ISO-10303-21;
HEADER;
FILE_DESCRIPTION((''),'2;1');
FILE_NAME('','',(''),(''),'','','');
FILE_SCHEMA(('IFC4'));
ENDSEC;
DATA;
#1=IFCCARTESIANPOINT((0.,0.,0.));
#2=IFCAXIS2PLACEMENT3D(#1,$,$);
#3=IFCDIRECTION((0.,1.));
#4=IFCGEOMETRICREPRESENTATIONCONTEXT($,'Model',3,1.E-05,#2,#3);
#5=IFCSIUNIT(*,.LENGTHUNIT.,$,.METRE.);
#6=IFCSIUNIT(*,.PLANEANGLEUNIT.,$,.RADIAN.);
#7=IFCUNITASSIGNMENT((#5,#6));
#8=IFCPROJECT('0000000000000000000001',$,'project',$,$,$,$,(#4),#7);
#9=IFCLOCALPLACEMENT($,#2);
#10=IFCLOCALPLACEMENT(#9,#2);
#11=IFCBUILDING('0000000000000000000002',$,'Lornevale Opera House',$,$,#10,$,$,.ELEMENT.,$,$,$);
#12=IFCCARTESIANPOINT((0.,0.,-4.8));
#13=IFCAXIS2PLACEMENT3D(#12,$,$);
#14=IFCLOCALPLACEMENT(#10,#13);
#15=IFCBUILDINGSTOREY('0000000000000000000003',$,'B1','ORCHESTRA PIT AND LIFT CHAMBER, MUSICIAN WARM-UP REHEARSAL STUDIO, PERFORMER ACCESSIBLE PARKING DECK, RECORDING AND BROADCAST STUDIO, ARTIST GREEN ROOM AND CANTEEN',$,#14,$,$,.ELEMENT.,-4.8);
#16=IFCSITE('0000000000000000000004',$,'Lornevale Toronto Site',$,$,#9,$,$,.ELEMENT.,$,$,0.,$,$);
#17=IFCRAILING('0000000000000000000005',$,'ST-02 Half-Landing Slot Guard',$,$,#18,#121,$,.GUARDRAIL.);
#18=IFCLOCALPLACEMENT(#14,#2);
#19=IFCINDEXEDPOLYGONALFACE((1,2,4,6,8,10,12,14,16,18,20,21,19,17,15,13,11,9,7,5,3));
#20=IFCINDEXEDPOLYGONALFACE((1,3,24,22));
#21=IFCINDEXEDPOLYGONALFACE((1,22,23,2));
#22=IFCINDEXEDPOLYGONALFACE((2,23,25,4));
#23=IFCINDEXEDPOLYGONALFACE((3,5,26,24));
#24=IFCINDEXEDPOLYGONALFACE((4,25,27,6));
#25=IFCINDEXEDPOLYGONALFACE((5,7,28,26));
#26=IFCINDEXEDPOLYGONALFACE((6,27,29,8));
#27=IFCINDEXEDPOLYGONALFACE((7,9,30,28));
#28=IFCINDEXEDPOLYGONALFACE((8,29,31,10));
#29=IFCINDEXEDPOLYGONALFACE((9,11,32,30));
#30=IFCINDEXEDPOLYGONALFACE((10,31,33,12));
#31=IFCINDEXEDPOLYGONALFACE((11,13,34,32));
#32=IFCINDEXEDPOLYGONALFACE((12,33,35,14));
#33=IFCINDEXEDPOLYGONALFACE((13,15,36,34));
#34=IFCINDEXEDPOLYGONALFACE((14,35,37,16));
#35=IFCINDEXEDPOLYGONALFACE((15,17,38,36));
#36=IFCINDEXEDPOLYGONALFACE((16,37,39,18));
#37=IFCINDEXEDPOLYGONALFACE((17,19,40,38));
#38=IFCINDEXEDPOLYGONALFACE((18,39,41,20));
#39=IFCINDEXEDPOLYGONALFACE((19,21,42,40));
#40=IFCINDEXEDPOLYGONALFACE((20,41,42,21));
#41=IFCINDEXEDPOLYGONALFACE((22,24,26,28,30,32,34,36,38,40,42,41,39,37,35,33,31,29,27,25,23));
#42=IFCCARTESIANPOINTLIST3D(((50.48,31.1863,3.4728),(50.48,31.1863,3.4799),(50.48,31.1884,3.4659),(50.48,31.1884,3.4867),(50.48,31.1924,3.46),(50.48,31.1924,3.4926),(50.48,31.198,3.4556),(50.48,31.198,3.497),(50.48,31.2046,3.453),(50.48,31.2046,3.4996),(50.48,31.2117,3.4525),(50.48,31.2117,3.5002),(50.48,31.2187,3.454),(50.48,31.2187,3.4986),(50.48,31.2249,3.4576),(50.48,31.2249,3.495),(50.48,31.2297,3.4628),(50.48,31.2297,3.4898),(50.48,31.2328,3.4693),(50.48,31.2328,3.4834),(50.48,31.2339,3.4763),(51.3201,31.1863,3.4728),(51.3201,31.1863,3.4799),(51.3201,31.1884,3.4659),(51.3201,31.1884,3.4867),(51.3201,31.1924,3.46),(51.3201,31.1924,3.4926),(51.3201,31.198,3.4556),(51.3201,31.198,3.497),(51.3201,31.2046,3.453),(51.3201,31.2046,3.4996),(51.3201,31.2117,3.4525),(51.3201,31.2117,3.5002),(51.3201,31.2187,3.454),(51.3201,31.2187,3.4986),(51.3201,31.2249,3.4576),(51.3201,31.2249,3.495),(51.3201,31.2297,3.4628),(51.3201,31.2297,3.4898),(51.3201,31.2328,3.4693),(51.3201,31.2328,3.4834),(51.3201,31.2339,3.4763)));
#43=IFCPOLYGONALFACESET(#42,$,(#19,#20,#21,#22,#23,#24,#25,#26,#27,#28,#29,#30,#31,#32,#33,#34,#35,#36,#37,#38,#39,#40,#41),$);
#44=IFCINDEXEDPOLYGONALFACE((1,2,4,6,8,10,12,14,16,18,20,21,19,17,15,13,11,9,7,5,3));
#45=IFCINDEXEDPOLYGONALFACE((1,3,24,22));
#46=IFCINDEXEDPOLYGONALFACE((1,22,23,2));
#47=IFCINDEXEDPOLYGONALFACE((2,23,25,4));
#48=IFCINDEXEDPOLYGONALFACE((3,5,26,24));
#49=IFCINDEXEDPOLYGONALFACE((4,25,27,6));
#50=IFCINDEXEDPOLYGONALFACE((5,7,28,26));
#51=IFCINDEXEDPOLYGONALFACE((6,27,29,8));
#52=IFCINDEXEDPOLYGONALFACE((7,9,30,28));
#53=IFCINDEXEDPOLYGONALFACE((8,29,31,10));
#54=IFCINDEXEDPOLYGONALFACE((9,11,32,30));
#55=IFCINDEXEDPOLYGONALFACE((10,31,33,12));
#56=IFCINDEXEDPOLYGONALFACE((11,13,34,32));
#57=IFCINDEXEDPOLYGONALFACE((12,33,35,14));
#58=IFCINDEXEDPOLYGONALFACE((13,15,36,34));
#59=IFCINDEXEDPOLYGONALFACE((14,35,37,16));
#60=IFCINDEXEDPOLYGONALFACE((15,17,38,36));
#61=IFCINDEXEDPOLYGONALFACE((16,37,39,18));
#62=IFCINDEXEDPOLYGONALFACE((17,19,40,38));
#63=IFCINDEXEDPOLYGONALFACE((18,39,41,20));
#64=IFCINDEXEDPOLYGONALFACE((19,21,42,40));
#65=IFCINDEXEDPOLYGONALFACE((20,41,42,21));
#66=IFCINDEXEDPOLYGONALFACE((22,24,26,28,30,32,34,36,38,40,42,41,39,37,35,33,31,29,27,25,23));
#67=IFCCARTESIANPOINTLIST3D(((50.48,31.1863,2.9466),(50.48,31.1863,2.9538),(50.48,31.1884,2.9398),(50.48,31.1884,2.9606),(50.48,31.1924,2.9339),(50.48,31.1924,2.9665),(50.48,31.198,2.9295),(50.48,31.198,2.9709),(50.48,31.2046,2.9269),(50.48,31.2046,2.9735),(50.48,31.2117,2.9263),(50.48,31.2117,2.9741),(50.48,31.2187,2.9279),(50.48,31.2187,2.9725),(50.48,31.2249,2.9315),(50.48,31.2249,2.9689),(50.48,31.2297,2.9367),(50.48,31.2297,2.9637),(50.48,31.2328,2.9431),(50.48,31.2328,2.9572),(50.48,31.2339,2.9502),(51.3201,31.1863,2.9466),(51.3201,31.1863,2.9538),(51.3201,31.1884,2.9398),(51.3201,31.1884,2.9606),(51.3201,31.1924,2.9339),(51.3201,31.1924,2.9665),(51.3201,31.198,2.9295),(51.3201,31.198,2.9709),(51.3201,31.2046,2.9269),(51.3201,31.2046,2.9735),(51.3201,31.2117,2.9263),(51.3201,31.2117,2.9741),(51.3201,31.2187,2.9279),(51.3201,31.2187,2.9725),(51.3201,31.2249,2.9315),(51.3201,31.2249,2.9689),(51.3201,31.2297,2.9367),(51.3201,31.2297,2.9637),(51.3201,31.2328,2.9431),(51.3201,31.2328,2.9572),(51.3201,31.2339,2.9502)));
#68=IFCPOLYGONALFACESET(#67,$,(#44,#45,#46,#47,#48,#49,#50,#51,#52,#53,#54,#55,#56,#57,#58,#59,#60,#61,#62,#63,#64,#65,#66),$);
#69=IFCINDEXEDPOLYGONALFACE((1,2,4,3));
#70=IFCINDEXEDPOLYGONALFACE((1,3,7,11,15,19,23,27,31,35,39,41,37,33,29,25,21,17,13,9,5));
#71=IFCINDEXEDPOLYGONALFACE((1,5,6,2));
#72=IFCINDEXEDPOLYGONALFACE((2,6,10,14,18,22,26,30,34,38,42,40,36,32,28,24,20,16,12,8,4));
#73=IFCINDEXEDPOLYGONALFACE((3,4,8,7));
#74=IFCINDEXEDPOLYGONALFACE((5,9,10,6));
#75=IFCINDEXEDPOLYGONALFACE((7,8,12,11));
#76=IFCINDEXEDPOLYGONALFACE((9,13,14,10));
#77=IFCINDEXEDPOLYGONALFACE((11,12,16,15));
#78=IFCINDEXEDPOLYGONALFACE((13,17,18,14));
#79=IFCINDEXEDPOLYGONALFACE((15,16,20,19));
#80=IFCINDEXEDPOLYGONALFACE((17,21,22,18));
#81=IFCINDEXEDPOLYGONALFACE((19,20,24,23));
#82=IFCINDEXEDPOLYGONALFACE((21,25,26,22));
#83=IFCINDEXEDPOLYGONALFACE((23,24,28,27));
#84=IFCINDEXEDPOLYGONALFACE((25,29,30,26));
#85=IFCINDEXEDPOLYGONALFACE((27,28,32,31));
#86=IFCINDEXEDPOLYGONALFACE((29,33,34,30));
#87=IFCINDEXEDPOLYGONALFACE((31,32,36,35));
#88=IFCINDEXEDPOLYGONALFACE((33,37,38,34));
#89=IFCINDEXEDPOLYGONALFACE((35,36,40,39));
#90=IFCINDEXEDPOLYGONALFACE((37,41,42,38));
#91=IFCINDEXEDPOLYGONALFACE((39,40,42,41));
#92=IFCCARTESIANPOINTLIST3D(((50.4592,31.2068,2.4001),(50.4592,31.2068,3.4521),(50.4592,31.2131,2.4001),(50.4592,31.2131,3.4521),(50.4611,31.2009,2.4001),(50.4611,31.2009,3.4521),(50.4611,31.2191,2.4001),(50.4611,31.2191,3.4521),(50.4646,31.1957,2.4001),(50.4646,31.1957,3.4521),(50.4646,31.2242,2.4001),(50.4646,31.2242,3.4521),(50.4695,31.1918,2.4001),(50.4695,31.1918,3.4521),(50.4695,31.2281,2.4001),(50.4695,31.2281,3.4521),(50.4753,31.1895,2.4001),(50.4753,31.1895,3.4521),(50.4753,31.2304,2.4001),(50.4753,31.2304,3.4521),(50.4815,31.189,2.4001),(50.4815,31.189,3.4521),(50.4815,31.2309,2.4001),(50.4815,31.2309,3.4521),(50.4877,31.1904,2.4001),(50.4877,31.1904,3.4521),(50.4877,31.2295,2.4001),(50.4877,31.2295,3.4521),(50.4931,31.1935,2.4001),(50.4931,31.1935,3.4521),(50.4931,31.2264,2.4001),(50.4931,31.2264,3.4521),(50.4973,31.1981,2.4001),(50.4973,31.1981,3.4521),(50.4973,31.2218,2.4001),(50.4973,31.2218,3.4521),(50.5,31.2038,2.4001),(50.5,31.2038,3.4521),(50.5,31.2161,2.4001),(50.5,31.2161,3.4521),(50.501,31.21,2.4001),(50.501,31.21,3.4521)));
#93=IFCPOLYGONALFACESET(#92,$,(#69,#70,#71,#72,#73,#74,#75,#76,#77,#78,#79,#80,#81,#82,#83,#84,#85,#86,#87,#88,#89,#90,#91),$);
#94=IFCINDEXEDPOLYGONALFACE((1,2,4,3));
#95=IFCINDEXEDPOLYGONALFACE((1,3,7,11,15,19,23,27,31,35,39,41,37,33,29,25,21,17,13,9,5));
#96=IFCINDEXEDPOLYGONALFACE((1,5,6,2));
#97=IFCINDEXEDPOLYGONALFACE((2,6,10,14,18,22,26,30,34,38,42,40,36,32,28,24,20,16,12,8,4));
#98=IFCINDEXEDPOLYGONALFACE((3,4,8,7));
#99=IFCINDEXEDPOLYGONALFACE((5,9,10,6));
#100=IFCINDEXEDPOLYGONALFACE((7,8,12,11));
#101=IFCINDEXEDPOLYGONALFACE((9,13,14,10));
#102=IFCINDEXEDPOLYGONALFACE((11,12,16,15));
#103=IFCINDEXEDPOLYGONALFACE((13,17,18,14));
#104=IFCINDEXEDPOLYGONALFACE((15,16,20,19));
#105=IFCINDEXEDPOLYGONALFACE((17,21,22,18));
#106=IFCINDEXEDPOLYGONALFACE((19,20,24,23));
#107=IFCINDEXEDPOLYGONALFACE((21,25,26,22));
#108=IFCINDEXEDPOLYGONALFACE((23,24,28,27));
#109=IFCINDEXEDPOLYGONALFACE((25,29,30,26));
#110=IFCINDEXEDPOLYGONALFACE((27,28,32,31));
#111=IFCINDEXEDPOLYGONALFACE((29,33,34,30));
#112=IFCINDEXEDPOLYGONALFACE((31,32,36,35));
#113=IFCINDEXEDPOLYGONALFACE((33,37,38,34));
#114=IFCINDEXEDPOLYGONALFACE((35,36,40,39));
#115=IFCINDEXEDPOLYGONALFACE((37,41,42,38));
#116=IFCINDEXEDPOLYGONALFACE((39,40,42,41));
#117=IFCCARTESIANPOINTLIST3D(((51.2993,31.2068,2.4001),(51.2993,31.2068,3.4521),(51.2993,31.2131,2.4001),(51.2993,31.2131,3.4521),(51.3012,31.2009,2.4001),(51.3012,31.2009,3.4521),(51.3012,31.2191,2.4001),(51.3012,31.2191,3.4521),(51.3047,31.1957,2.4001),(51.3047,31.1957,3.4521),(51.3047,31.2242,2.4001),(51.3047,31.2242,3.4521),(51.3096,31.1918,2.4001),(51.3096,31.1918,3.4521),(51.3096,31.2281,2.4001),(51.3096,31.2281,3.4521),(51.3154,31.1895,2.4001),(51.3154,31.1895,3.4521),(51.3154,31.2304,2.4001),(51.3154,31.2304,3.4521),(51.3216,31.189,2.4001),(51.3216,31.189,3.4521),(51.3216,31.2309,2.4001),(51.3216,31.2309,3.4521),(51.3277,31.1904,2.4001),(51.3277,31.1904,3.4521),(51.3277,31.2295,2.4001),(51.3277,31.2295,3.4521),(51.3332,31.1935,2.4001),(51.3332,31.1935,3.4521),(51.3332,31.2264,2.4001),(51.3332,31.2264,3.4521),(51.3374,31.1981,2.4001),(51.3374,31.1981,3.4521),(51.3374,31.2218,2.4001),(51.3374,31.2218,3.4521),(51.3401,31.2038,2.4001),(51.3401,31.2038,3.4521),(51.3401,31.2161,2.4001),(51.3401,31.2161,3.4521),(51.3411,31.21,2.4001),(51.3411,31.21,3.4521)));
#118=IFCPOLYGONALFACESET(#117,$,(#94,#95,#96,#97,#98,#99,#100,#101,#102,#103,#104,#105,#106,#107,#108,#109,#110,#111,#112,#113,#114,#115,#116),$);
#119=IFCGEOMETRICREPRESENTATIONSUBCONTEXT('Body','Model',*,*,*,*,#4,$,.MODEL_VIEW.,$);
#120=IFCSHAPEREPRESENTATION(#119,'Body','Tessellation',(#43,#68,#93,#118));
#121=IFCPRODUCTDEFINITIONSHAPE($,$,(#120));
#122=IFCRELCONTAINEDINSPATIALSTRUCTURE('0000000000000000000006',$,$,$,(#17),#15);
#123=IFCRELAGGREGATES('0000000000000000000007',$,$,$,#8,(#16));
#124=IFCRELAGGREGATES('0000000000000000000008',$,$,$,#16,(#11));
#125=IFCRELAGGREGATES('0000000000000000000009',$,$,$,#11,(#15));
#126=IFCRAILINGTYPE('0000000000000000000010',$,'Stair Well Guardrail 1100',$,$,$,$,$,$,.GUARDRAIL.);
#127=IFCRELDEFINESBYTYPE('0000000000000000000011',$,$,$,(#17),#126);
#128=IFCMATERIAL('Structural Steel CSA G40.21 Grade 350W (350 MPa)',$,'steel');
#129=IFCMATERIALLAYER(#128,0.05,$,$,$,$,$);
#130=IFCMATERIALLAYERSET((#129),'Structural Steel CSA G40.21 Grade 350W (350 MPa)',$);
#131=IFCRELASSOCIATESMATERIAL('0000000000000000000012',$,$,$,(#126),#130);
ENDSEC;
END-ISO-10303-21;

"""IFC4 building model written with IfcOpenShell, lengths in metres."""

from ifc_helpers import new_model, si_unit, direction, frame, origin, origin_2d, place, context, subcontext, project, spatial, circle, extrude, material, layer, layer_set, type_object, element, save


model = new_model("IFC4")

# Units and contexts
model_context = context("Model", 3, precision=1e-05, world=origin(), true_north=direction((0.0, 1.0)))
body_context = subcontext(model_context, "Body", "Model", "MODEL_VIEW")
ifc_project = project(units=[si_unit("LENGTHUNIT", "METRE"), si_unit("PLANEANGLEUNIT", "RADIAN")], contexts=[model_context])

# Site, building, storey
site_placement = place(None, origin())
site = spatial("IfcSite", under=ifc_project, at=site_placement, Name="Lornevale Toronto Site", CompositionType="ELEMENT", RefElevation=0.0)
building_placement = place(site_placement, origin())
building = spatial("IfcBuilding", under=site, at=building_placement, Name="Lornevale Opera House", CompositionType="ELEMENT")
storey_placement = place(building_placement, frame((0.0, 0.0, -4.8)))
storey = spatial("IfcBuildingStorey", under=building, at=storey_placement, Name="B1", Description="ORCHESTRA PIT AND LIFT CHAMBER, MUSICIAN WARM-UP REHEARSAL STUDIO, PERFORMER ACCESSIBLE PARKING DECK, RECORDING AND BROADCAST STUDIO, ARTIST GREEN ROOM AND CANTEEN", CompositionType="ELEMENT", Elevation=-4.8)

# Railing
ifc_material_1 = material(Name="Structural Steel CSA G40.21 Grade 350W (350 MPa)", Category="steel")
ifc_layer_1 = layer(ifc_material_1, 0.05)
ifc_layer_set_1 = layer_set([ifc_layer_1], Name="Structural Steel CSA G40.21 Grade 350W (350 MPa)")
railing_type_1 = type_object("IfcRailingType", Name="Stair Well Guardrail 1100", PredefinedType="GUARDRAIL", material=ifc_layer_set_1)
railing_1_placement = place(storey_placement, frame((50.48, 31.21, 2.4001)))
element("IfcRailing", 1, at=railing_1_placement, inside=storey, type_object=railing_type_1, Name="ST-02 Half-Landing Slot Guard", PredefinedType="GUARDRAIL", context=body_context, shape_type="SweptSolid", body=[
    extrude(circle(Radius=0.0239, at=origin_2d()), frame((0.0, 0.0, 1.0762), z_axis=(1.0, 0.0, 0.0), x_axis=(0.0, 1.0, 0.0)), (0.0, 0.0, 1.0), 0.8401),
    extrude(circle(Radius=0.0239, at=origin_2d()), frame((0.0, 0.0, 0.55), z_axis=(1.0, 0.0, 0.0), x_axis=(0.0, 1.0, 0.0)), (0.0, 0.0, 1.0), 0.8401),
    extrude(circle(Radius=0.021, at=origin_2d()), origin(), (0.0, 0.0, 1.0), 1.052),
    extrude(circle(Radius=0.021, at=origin_2d()), frame((0.8401, 0.0, 0.0)), (0.0, 0.0, 1.0), 1.052),
])

save(model, "model.ifc")
